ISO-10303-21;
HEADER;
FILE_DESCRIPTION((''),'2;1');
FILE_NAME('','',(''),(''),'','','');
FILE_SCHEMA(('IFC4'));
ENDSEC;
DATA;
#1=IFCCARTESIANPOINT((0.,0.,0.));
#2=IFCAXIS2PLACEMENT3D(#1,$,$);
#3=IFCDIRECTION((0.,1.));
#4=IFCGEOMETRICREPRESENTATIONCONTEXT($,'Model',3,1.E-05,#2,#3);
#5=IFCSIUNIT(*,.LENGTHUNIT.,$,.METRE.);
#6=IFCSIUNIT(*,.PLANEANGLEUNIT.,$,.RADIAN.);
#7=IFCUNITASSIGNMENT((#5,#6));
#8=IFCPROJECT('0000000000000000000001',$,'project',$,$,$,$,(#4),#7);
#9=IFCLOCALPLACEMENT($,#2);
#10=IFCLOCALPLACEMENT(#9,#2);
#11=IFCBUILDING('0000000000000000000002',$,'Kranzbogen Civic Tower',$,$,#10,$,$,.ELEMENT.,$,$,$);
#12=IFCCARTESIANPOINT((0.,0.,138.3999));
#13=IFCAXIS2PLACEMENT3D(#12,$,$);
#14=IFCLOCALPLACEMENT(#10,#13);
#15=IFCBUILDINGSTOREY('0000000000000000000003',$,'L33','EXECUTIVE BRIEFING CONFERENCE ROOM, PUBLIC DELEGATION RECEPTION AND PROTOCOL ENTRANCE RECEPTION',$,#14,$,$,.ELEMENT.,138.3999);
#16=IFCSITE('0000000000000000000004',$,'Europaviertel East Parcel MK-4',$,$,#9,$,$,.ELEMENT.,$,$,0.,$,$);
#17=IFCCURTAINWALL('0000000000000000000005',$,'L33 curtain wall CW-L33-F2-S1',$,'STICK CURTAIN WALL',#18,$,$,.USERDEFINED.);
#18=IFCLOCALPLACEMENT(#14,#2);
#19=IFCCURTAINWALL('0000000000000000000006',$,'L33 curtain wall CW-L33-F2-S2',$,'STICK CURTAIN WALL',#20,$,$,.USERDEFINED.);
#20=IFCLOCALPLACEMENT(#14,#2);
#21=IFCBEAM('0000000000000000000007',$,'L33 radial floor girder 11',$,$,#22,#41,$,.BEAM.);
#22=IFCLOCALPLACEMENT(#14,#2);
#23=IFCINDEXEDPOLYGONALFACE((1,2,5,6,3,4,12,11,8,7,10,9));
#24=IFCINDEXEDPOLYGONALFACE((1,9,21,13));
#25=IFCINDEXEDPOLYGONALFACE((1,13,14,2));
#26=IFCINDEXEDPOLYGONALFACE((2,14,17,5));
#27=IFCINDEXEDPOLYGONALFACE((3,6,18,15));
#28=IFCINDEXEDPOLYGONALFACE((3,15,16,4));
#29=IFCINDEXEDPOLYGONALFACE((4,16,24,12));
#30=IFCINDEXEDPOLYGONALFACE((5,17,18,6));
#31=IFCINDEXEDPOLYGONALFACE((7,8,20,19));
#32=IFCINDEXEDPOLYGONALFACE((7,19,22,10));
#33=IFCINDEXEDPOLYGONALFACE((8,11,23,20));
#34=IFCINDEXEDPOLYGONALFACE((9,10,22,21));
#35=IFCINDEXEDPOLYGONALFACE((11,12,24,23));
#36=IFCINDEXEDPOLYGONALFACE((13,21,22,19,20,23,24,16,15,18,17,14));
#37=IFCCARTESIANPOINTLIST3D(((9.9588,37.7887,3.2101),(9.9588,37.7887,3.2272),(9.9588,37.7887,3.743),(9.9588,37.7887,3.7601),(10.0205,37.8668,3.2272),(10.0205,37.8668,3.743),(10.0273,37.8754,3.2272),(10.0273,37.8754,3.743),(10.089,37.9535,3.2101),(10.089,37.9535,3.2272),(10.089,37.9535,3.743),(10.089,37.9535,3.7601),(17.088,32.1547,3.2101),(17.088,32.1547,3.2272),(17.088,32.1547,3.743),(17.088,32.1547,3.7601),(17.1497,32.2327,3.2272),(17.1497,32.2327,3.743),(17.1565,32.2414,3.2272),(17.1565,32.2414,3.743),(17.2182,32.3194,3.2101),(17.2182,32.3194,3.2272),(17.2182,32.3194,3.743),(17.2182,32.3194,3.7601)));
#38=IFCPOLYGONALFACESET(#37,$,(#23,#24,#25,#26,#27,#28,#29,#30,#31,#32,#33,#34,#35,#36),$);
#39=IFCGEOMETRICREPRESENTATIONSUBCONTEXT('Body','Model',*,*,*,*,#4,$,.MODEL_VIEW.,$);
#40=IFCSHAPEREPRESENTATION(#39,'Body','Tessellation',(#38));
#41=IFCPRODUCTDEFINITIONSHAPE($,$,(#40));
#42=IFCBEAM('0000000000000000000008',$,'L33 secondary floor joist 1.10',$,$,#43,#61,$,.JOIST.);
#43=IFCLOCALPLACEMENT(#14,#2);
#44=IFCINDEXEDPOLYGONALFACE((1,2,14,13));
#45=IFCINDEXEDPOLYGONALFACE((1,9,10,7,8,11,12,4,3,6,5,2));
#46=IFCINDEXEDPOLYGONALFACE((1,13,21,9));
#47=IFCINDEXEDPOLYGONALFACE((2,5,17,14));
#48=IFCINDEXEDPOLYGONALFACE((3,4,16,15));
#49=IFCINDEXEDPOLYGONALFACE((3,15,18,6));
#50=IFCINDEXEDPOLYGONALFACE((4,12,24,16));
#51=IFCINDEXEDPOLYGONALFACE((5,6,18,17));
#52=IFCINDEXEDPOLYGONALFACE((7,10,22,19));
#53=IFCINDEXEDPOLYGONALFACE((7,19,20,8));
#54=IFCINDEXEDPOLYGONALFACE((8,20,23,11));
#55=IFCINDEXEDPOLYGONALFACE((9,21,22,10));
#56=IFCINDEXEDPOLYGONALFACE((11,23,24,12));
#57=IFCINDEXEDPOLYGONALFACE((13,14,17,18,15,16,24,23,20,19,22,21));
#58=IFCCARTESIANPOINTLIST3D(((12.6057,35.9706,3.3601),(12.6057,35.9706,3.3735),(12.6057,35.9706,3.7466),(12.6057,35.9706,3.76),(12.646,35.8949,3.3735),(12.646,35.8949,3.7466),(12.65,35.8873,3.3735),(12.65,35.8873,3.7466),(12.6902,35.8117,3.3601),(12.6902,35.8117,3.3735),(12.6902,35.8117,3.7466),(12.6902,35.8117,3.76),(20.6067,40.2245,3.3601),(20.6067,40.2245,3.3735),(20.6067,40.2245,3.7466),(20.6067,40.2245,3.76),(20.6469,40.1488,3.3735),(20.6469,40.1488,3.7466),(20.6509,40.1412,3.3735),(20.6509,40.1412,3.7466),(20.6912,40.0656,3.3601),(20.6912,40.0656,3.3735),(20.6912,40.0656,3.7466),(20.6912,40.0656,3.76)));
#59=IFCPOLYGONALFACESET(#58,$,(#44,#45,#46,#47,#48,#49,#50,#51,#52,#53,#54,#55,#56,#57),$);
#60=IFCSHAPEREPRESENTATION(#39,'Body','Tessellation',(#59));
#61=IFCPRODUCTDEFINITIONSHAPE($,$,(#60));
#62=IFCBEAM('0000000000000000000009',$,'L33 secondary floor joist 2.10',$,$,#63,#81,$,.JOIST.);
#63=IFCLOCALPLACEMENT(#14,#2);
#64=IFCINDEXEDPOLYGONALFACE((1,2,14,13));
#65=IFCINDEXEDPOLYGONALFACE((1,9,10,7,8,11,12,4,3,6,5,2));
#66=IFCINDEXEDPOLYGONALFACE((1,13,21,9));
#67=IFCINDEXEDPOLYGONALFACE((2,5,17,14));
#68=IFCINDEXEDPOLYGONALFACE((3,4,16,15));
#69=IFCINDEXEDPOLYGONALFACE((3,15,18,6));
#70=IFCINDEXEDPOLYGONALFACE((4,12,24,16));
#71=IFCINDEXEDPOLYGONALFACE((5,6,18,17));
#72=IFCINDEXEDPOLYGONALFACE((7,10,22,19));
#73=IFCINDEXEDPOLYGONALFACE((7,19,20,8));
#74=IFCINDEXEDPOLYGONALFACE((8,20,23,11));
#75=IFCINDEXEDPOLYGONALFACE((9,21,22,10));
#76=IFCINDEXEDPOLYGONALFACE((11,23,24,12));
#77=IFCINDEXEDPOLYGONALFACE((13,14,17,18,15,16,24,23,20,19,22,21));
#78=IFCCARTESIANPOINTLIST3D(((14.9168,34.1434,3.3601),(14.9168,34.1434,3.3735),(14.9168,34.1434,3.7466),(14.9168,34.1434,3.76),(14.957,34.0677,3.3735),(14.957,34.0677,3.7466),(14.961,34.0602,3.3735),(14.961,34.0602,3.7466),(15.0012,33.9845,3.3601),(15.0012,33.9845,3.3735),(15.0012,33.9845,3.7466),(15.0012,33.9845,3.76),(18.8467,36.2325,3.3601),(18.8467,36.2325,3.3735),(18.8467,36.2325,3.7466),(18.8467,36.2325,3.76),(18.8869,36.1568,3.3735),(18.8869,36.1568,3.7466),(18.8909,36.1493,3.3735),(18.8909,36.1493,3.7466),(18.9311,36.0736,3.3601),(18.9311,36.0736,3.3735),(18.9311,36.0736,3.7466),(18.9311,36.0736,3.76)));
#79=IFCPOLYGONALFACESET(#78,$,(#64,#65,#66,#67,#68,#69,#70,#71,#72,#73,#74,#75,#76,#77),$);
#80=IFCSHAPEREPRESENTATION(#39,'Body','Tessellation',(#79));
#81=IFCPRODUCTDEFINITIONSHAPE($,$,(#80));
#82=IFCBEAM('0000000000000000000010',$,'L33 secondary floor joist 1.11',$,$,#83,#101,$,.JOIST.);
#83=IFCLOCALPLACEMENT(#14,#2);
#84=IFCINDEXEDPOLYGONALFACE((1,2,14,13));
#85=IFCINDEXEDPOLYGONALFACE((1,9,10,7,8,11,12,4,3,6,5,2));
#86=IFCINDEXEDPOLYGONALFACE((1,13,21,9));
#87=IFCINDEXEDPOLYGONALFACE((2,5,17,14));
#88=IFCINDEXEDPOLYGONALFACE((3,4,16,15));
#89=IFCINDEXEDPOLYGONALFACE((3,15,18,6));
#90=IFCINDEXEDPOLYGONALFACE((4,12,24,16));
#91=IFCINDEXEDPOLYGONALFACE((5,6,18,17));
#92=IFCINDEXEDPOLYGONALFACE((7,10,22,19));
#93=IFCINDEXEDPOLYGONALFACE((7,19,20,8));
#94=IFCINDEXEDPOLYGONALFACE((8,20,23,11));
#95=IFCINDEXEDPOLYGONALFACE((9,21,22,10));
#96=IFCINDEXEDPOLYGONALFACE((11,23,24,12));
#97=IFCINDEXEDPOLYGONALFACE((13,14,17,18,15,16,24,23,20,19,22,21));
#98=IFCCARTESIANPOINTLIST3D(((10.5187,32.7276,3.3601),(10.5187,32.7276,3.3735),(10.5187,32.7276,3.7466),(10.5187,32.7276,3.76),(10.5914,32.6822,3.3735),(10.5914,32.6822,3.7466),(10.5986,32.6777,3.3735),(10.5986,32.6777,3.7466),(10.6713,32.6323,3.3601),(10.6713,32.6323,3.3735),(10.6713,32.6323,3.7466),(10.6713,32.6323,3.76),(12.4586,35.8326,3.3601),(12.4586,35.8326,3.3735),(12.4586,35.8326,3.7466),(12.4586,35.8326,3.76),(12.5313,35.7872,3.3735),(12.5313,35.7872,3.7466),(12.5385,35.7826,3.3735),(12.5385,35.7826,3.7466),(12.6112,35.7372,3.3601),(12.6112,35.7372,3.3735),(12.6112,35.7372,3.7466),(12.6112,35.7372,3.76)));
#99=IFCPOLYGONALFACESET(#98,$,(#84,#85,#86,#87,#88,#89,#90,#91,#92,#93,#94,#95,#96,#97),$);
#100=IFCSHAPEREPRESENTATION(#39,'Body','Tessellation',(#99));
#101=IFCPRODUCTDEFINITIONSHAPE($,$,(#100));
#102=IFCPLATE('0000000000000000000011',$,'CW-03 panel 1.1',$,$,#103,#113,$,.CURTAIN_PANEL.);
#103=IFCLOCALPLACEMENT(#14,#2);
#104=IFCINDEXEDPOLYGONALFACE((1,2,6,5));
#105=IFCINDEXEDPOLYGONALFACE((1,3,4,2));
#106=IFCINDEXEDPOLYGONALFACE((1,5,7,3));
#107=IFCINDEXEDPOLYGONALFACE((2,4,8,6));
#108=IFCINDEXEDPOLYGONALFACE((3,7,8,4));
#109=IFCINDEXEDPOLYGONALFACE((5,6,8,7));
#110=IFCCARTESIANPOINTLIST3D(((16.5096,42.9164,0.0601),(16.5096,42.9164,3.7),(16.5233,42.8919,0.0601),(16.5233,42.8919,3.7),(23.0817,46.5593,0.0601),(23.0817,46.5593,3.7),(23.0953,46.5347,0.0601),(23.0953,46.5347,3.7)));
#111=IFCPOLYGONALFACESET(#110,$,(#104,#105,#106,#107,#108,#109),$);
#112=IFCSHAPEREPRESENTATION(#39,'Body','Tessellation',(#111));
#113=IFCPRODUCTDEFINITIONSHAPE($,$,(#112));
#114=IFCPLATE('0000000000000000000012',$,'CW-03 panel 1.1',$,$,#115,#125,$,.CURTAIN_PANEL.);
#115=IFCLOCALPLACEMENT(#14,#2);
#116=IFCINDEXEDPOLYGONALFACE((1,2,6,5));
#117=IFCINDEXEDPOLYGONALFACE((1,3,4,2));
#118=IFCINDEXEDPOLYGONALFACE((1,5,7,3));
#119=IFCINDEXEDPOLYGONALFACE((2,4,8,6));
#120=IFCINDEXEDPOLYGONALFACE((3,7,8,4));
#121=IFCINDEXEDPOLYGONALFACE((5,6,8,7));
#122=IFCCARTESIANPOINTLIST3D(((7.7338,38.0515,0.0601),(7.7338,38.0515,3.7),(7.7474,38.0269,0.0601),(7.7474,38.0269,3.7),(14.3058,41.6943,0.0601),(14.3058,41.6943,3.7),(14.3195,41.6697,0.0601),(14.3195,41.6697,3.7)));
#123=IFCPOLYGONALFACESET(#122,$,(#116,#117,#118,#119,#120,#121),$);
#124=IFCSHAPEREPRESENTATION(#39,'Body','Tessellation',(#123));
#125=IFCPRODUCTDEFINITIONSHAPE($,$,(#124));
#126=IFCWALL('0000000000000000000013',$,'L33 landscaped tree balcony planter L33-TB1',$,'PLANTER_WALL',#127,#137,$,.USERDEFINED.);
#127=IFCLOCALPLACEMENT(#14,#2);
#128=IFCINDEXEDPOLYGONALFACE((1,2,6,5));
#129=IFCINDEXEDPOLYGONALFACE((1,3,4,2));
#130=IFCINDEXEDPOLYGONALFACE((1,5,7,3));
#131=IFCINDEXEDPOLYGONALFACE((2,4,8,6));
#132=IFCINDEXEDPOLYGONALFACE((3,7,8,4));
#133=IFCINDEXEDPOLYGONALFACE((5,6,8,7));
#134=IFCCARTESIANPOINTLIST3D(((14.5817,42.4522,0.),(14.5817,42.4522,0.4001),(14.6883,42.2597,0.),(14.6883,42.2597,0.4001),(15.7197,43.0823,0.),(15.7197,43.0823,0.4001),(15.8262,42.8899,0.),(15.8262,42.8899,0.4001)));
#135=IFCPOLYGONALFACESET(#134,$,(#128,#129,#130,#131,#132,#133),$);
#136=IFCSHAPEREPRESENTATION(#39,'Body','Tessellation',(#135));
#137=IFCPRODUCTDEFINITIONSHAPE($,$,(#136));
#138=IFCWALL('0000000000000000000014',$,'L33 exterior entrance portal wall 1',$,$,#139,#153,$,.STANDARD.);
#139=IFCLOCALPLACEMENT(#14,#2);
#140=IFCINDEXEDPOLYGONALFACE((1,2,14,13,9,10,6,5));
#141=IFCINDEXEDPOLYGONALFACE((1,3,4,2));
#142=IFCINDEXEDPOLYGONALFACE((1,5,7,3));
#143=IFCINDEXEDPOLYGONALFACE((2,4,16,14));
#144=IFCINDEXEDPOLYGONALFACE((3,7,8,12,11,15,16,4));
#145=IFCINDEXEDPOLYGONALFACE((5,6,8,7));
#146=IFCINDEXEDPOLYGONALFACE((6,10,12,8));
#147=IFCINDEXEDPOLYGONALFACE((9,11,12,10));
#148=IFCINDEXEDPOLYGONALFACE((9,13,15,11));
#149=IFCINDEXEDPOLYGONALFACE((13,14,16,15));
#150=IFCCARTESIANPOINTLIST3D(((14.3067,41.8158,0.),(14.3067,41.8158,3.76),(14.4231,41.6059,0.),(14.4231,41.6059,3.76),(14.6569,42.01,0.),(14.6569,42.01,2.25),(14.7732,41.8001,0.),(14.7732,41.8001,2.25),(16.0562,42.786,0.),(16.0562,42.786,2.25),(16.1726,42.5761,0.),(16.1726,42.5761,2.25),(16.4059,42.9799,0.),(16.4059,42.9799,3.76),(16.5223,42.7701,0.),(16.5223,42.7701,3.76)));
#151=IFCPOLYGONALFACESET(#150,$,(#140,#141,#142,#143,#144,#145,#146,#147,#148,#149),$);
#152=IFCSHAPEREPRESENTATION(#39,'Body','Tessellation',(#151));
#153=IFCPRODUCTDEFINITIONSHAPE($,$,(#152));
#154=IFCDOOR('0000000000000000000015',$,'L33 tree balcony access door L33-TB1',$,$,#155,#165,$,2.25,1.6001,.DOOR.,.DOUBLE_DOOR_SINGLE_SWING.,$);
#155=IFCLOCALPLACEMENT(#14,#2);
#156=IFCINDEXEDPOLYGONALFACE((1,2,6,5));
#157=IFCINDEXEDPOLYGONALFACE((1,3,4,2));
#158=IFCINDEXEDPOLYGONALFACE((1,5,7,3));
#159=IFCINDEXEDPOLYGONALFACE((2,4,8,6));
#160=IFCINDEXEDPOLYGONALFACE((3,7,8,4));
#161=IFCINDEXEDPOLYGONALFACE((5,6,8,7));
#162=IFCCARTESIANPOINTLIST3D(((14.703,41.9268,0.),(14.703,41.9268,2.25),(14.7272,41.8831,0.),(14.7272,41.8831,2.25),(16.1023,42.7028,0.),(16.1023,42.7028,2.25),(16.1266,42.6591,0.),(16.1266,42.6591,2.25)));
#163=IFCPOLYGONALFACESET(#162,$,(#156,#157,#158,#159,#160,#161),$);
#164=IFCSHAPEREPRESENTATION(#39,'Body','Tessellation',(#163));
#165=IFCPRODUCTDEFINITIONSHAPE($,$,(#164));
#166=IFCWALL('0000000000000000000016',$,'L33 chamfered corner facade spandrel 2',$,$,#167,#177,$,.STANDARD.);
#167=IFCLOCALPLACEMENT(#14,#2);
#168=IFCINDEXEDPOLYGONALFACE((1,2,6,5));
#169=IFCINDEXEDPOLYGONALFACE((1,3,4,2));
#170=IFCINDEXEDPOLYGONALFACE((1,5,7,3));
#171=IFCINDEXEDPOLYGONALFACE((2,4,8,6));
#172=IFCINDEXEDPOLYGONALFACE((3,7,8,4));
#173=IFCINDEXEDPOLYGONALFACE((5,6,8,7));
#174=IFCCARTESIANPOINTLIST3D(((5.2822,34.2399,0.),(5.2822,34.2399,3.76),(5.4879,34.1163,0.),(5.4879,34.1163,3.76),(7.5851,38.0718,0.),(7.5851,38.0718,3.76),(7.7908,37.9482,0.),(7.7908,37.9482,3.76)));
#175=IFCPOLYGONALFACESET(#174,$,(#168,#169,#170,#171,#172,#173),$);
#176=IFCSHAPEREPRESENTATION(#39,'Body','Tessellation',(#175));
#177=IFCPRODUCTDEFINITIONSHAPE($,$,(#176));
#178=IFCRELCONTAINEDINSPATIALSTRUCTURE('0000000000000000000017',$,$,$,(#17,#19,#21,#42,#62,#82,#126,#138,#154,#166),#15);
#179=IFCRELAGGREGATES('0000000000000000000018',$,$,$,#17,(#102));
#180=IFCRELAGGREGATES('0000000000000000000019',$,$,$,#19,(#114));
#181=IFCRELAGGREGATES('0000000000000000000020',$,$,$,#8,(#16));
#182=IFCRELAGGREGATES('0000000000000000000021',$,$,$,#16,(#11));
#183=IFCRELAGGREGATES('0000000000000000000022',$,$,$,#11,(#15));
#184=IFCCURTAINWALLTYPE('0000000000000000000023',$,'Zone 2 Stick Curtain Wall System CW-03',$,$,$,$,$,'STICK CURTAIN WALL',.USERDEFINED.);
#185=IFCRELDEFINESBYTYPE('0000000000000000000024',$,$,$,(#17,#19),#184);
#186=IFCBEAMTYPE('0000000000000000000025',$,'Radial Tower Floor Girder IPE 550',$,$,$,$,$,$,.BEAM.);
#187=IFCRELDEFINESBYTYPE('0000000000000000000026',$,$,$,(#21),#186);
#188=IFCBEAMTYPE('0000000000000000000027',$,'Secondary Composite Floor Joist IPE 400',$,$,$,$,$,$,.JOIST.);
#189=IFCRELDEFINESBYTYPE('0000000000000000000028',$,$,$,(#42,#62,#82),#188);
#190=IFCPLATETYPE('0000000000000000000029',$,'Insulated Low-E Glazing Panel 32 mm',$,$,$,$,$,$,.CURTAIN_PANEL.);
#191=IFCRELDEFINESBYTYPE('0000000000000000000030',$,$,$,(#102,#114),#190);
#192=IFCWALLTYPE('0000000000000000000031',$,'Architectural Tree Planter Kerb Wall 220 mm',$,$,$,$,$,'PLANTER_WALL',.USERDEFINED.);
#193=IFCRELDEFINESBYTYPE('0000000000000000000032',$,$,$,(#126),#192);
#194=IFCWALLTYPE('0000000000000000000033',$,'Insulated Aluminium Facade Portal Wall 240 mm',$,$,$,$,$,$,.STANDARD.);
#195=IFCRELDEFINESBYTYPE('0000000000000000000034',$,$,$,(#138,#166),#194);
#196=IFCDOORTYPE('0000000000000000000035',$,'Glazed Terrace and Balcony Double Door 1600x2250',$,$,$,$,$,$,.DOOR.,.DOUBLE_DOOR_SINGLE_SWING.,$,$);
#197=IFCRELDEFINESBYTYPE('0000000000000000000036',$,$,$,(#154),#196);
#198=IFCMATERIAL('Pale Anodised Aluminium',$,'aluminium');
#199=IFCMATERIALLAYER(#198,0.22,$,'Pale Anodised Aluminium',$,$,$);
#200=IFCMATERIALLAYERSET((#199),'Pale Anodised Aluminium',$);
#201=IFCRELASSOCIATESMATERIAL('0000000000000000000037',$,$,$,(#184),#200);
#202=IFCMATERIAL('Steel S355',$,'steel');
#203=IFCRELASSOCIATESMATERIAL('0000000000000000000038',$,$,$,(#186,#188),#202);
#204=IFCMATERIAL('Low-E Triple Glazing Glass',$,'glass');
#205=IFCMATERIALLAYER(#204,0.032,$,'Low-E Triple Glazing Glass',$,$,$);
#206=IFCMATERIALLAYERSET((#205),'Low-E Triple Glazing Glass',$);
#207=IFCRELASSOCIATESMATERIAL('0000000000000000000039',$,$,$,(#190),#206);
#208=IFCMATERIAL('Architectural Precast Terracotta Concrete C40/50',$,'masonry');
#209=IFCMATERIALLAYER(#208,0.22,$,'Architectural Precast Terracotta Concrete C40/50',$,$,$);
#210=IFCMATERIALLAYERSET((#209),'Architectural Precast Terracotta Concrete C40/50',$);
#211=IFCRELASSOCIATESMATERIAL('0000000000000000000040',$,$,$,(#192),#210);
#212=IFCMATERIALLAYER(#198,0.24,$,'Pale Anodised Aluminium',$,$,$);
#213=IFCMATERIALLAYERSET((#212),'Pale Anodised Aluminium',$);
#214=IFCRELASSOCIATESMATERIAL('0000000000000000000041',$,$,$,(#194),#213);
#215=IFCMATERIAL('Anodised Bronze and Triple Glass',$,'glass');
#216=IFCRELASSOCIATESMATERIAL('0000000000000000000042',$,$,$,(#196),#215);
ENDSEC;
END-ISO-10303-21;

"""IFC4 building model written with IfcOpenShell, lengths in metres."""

from ifc_helpers import new_model, si_unit, direction, frame, frame_2d, origin, origin_2d, place, context, subcontext, project, spatial, rectangle, i_section, extrude, material, layer, layer_set, material_profile, profile_set, type_object, element, fill, aggregate, save


model = new_model("IFC4")

# Units and contexts
model_context = context("Model", 3, precision=1e-05, world=origin(), true_north=direction((0.0, 1.0)))
body_context = subcontext(model_context, "Body", "Model", "MODEL_VIEW")
ifc_project = project(units=[si_unit("LENGTHUNIT", "METRE"), si_unit("PLANEANGLEUNIT", "RADIAN")], contexts=[model_context])

# Site, building, storey
site_placement = place(None, origin())
site = spatial("IfcSite", under=ifc_project, at=site_placement, Name="Europaviertel East Parcel MK-4", CompositionType="ELEMENT", RefElevation=0.0)
building_placement = place(site_placement, origin())
building = spatial("IfcBuilding", under=site, at=building_placement, Name="Kranzbogen Civic Tower", CompositionType="ELEMENT")
storey_placement = place(building_placement, frame((0.0, 0.0, 138.3999)))
storey = spatial("IfcBuildingStorey", under=building, at=storey_placement, Name="L33", Description="EXECUTIVE BRIEFING CONFERENCE ROOM, PUBLIC DELEGATION RECEPTION AND PROTOCOL ENTRANCE RECEPTION", CompositionType="ELEMENT", Elevation=138.3999)

# Shared definitions
ifc_material_1 = material(Name="Steel S355", Category="steel")

# Curtain wall
ifc_material_2 = material(Name="Pale Anodised Aluminium", Category="aluminium")
ifc_layer_1 = layer(ifc_material_2, 0.22, Name="Pale Anodised Aluminium")
ifc_layer_set_1 = layer_set([ifc_layer_1], Name="Pale Anodised Aluminium")
curtain_wall_type = type_object("IfcCurtainWallType", Name="Zone 2 Stick Curtain Wall System CW-03", ElementType="STICK CURTAIN WALL", PredefinedType="USERDEFINED", material=ifc_layer_set_1)
curtain_wall_1_placement = place(storey_placement, origin())
curtain_wall_1 = element("IfcCurtainWall", 1, at=curtain_wall_1_placement, inside=storey, type_object=curtain_wall_type, Name="L33 curtain wall CW-L33-F2-S1", ObjectType="STICK CURTAIN WALL", PredefinedType="USERDEFINED")

# Curtain wall
curtain_wall_2_placement = place(storey_placement, origin())
curtain_wall_2 = element("IfcCurtainWall", 2, at=curtain_wall_2_placement, inside=storey, type_object=curtain_wall_type, Name="L33 curtain wall CW-L33-F2-S2", ObjectType="STICK CURTAIN WALL", PredefinedType="USERDEFINED")

# Beams
ifc_material_profile_1 = material_profile(ifc_material_1, i_section(OverallWidth=0.21, OverallDepth=0.55, WebThickness=0.011, FlangeThickness=0.0171, at=origin_2d()), Name="IPE 550")
ifc_profile_set_1 = profile_set([ifc_material_profile_1], Name="Steel S355")
beam_type_1 = type_object("IfcBeamType", Name="Radial Tower Floor Girder IPE 550", PredefinedType="BEAM", material=ifc_profile_set_1)
beam_1_placement = place(storey_placement, frame((10.0239, 37.8711, 3.4851), z_axis=(0.784575, -0.620034, 0.0), x_axis=(0.620034, 0.784575, 0.0)))
element("IfcBeam", 3, at=beam_1_placement, inside=storey, type_object=beam_type_1, Name="L33 radial floor girder 11", PredefinedType="BEAM", context=body_context, shape_type="SweptSolid", body=[
    extrude(i_section(OverallWidth=0.21, OverallDepth=0.55, WebThickness=0.011, FlangeThickness=0.0171, at=origin_2d()), origin(), (0.0, 0.0, 1.0), 9.0867),
])
ifc_material_profile_2 = material_profile(ifc_material_1, i_section(OverallWidth=0.1799, OverallDepth=0.3999, WebThickness=0.0085, FlangeThickness=0.0134, at=origin_2d()), Name="IPE 400")
ifc_profile_set_2 = profile_set([ifc_material_profile_2], Name="Steel S355")
beam_type_2 = type_object("IfcBeamType", Name="Secondary Composite Floor Joist IPE 400", PredefinedType="JOIST", material=ifc_profile_set_2)
beam_2_placement = place(storey_placement, frame((20.6489, 40.145, 3.5601), z_axis=(-0.882961, -0.469447, 0.0), x_axis=(0.469447, -0.882961, 0.0)))
element("IfcBeam", 4, at=beam_2_placement, inside=storey, type_object=beam_type_2, Name="L33 secondary floor joist 1.10", PredefinedType="JOIST", context=body_context, shape_type="SweptSolid", body=[
    extrude(i_section(OverallWidth=0.1799, OverallDepth=0.3999, WebThickness=0.0085, FlangeThickness=0.0134, at=origin_2d()), origin(), (0.0, 0.0, 1.0), 9.0615),
])
beam_3_placement = place(storey_placement, frame((18.8889, 36.1531, 3.5601), z_axis=(-0.882991, -0.469389, 0.0), x_axis=(0.469389, -0.882991, 0.0)))
element("IfcBeam", 5, at=beam_3_placement, inside=storey, type_object=beam_type_2, Name="L33 secondary floor joist 2.10", PredefinedType="JOIST", context=body_context, shape_type="SweptSolid", body=[
    extrude(i_section(OverallWidth=0.1799, OverallDepth=0.3999, WebThickness=0.0085, FlangeThickness=0.0134, at=origin_2d()), origin(), (0.0, 0.0, 1.0), 4.4507),
])
beam_4_placement = place(storey_placement, frame((12.5349, 35.7849, 3.5601), z_axis=(-0.529867, -0.848081, 0.0), x_axis=(0.848081, -0.529867, 0.0)))
element("IfcBeam", 6, at=beam_4_placement, inside=storey, type_object=beam_type_2, Name="L33 secondary floor joist 1.11", PredefinedType="JOIST", context=body_context, shape_type="SweptSolid", body=[
    extrude(i_section(OverallWidth=0.1799, OverallDepth=0.3999, WebThickness=0.0085, FlangeThickness=0.0134, at=origin_2d()), origin(), (0.0, 0.0, 1.0), 3.6611),
])

# Plates
ifc_material_3 = material(Name="Low-E Triple Glazing Glass", Category="glass")
ifc_layer_2 = layer(ifc_material_3, 0.032, Name="Low-E Triple Glazing Glass")
ifc_layer_set_2 = layer_set([ifc_layer_2], Name="Low-E Triple Glazing Glass")
plate_type = type_object("IfcPlateType", Name="Insulated Low-E Glazing Panel 32 mm", PredefinedType="CURTAIN_PANEL", material=ifc_layer_set_2)
plate_1_placement = place(storey_placement, frame((19.8025, 44.7256, 0.0601), z_axis=(0.0, 0.0, 1.0), x_axis=(-0.874626, -0.484797, 0.0)))
plate_1 = element("IfcPlate", 7, at=plate_1_placement, type_object=plate_type, Name="CW-03 panel 1.1", PredefinedType="CURTAIN_PANEL", context=body_context, shape_type="SweptSolid", body=[
    extrude(rectangle(XDim=7.5142, YDim=0.0281, at=origin_2d()), origin(), (0.0, 0.0, 1.0), 3.6399),
])
aggregate(curtain_wall_1, [plate_1])
plate_2_placement = place(storey_placement, frame((11.0266, 39.8606, 0.0601), z_axis=(0.0, 0.0, 1.0), x_axis=(-0.874626, -0.484797, 0.0)))
plate_2 = element("IfcPlate", 8, at=plate_2_placement, type_object=plate_type, Name="CW-03 panel 1.1", PredefinedType="CURTAIN_PANEL", context=body_context, shape_type="SweptSolid", body=[
    extrude(rectangle(XDim=7.5142, YDim=0.0281, at=origin_2d()), origin(), (0.0, 0.0, 1.0), 3.6399),
])
aggregate(curtain_wall_2, [plate_2])

# Wall
ifc_material_4 = material(Name="Architectural Precast Terracotta Concrete C40/50", Category="masonry")
ifc_layer_3 = layer(ifc_material_4, 0.22, Name="Architectural Precast Terracotta Concrete C40/50")
ifc_layer_set_3 = layer_set([ifc_layer_3], Name="Architectural Precast Terracotta Concrete C40/50")
wall_type_1 = type_object("IfcWallType", Name="Architectural Tree Planter Kerb Wall 220 mm", ElementType="PLANTER_WALL", PredefinedType="USERDEFINED", material=ifc_layer_set_3)
wall_1_placement = place(storey_placement, frame((15.7729, 42.9861, 0.0), z_axis=(0.0, 0.0, 1.0), x_axis=(-0.874829, -0.484431, 0.0)))
element("IfcWall", 9, at=wall_1_placement, inside=storey, type_object=wall_type_1, Name="L33 landscaped tree balcony planter L33-TB1", ObjectType="PLANTER_WALL", PredefinedType="USERDEFINED", context=body_context, shape_type="SweptSolid", body=[
    extrude(rectangle(XDim=1.3008, YDim=0.22, at=frame_2d((0.6504, 0.0))), origin(), (0.0, 0.0, 1.0), 0.4001),
])

# Wall, opening, door
ifc_layer_4 = layer(ifc_material_2, 0.24, Name="Pale Anodised Aluminium")
ifc_layer_set_4 = layer_set([ifc_layer_4], Name="Pale Anodised Aluminium")
wall_type_2 = type_object("IfcWallType", Name="Insulated Aluminium Facade Portal Wall 240 mm", PredefinedType="STANDARD", material=ifc_layer_set_4)
wall_2_placement = place(storey_placement, frame((16.4641, 42.875, 0.0), z_axis=(0.0, 0.0, 1.0), x_axis=(-0.874531, -0.484969, 0.0)))
wall_2 = element("IfcWall", 10, at=wall_2_placement, inside=storey, type_object=wall_type_2, Name="L33 exterior entrance portal wall 1", PredefinedType="STANDARD", context=body_context, shape_type="SweptSolid", body=[
    extrude(rectangle(XDim=2.4004, YDim=0.24, at=frame_2d((1.2002, 0.0))), origin(), (0.0, 0.0, 1.0), 3.76),
])
opening_placement = place(wall_2_placement, frame((0.3999, 0.0, 0.0)))
opening = element("IfcOpeningElement", 11, at=opening_placement, cuts=wall_2, PredefinedType="OPENING", context=body_context, shape_type="SweptSolid", body=[
    extrude(rectangle(XDim=1.6001, YDim=2.25, at=frame_2d((0.8, 1.125))), frame((0.0, 0.1299, 0.0), z_axis=(0.0, -1.0, 0.0), x_axis=(1.0, 0.0, 0.0)), (0.0, 0.0, 1.0), 0.26),
])
ifc_material_5 = material(Name="Anodised Bronze and Triple Glass", Category="glass")
door_type = type_object("IfcDoorType", Name="Glazed Terrace and Balcony Double Door 1600x2250", OperationType="DOUBLE_DOOR_SINGLE_SWING", PredefinedType="DOOR", material=ifc_material_5)
door_placement = place(opening_placement, frame((1.6001, 0.0, 0.0), z_axis=(0.0, 0.0, 1.0), x_axis=(-1.0, 0.0, 0.0)))
door = element("IfcDoor", 12, at=door_placement, inside=storey, type_object=door_type, Name="L33 tree balcony access door L33-TB1", OperationType="DOUBLE_DOOR_SINGLE_SWING", OverallHeight=2.25, OverallWidth=1.6001, PredefinedType="DOOR", context=body_context, shape_type="SweptSolid", body=[
    extrude(rectangle(XDim=1.6001, YDim=2.25, at=frame_2d((0.8, 1.125))), frame((0.0, 0.0249, 0.0), z_axis=(0.0, -1.0, 0.0), x_axis=(1.0, 0.0, 0.0)), (0.0, 0.0, 1.0), 0.05),
])
fill(opening, door)

# Wall
wall_3_placement = place(storey_placement, frame((7.688, 38.01, 0.0), z_axis=(0.0, 0.0, 1.0), x_axis=(-0.515114, -0.857122, 0.0)))
element("IfcWall", 13, at=wall_3_placement, inside=storey, type_object=wall_type_2, Name="L33 chamfered corner facade spandrel 2", PredefinedType="STANDARD", context=body_context, shape_type="SweptSolid", body=[
    extrude(rectangle(XDim=4.4707, YDim=0.24, at=frame_2d((2.2354, 0.0))), origin(), (0.0, 0.0, 1.0), 3.76),
])

save(model, "model.ifc")
